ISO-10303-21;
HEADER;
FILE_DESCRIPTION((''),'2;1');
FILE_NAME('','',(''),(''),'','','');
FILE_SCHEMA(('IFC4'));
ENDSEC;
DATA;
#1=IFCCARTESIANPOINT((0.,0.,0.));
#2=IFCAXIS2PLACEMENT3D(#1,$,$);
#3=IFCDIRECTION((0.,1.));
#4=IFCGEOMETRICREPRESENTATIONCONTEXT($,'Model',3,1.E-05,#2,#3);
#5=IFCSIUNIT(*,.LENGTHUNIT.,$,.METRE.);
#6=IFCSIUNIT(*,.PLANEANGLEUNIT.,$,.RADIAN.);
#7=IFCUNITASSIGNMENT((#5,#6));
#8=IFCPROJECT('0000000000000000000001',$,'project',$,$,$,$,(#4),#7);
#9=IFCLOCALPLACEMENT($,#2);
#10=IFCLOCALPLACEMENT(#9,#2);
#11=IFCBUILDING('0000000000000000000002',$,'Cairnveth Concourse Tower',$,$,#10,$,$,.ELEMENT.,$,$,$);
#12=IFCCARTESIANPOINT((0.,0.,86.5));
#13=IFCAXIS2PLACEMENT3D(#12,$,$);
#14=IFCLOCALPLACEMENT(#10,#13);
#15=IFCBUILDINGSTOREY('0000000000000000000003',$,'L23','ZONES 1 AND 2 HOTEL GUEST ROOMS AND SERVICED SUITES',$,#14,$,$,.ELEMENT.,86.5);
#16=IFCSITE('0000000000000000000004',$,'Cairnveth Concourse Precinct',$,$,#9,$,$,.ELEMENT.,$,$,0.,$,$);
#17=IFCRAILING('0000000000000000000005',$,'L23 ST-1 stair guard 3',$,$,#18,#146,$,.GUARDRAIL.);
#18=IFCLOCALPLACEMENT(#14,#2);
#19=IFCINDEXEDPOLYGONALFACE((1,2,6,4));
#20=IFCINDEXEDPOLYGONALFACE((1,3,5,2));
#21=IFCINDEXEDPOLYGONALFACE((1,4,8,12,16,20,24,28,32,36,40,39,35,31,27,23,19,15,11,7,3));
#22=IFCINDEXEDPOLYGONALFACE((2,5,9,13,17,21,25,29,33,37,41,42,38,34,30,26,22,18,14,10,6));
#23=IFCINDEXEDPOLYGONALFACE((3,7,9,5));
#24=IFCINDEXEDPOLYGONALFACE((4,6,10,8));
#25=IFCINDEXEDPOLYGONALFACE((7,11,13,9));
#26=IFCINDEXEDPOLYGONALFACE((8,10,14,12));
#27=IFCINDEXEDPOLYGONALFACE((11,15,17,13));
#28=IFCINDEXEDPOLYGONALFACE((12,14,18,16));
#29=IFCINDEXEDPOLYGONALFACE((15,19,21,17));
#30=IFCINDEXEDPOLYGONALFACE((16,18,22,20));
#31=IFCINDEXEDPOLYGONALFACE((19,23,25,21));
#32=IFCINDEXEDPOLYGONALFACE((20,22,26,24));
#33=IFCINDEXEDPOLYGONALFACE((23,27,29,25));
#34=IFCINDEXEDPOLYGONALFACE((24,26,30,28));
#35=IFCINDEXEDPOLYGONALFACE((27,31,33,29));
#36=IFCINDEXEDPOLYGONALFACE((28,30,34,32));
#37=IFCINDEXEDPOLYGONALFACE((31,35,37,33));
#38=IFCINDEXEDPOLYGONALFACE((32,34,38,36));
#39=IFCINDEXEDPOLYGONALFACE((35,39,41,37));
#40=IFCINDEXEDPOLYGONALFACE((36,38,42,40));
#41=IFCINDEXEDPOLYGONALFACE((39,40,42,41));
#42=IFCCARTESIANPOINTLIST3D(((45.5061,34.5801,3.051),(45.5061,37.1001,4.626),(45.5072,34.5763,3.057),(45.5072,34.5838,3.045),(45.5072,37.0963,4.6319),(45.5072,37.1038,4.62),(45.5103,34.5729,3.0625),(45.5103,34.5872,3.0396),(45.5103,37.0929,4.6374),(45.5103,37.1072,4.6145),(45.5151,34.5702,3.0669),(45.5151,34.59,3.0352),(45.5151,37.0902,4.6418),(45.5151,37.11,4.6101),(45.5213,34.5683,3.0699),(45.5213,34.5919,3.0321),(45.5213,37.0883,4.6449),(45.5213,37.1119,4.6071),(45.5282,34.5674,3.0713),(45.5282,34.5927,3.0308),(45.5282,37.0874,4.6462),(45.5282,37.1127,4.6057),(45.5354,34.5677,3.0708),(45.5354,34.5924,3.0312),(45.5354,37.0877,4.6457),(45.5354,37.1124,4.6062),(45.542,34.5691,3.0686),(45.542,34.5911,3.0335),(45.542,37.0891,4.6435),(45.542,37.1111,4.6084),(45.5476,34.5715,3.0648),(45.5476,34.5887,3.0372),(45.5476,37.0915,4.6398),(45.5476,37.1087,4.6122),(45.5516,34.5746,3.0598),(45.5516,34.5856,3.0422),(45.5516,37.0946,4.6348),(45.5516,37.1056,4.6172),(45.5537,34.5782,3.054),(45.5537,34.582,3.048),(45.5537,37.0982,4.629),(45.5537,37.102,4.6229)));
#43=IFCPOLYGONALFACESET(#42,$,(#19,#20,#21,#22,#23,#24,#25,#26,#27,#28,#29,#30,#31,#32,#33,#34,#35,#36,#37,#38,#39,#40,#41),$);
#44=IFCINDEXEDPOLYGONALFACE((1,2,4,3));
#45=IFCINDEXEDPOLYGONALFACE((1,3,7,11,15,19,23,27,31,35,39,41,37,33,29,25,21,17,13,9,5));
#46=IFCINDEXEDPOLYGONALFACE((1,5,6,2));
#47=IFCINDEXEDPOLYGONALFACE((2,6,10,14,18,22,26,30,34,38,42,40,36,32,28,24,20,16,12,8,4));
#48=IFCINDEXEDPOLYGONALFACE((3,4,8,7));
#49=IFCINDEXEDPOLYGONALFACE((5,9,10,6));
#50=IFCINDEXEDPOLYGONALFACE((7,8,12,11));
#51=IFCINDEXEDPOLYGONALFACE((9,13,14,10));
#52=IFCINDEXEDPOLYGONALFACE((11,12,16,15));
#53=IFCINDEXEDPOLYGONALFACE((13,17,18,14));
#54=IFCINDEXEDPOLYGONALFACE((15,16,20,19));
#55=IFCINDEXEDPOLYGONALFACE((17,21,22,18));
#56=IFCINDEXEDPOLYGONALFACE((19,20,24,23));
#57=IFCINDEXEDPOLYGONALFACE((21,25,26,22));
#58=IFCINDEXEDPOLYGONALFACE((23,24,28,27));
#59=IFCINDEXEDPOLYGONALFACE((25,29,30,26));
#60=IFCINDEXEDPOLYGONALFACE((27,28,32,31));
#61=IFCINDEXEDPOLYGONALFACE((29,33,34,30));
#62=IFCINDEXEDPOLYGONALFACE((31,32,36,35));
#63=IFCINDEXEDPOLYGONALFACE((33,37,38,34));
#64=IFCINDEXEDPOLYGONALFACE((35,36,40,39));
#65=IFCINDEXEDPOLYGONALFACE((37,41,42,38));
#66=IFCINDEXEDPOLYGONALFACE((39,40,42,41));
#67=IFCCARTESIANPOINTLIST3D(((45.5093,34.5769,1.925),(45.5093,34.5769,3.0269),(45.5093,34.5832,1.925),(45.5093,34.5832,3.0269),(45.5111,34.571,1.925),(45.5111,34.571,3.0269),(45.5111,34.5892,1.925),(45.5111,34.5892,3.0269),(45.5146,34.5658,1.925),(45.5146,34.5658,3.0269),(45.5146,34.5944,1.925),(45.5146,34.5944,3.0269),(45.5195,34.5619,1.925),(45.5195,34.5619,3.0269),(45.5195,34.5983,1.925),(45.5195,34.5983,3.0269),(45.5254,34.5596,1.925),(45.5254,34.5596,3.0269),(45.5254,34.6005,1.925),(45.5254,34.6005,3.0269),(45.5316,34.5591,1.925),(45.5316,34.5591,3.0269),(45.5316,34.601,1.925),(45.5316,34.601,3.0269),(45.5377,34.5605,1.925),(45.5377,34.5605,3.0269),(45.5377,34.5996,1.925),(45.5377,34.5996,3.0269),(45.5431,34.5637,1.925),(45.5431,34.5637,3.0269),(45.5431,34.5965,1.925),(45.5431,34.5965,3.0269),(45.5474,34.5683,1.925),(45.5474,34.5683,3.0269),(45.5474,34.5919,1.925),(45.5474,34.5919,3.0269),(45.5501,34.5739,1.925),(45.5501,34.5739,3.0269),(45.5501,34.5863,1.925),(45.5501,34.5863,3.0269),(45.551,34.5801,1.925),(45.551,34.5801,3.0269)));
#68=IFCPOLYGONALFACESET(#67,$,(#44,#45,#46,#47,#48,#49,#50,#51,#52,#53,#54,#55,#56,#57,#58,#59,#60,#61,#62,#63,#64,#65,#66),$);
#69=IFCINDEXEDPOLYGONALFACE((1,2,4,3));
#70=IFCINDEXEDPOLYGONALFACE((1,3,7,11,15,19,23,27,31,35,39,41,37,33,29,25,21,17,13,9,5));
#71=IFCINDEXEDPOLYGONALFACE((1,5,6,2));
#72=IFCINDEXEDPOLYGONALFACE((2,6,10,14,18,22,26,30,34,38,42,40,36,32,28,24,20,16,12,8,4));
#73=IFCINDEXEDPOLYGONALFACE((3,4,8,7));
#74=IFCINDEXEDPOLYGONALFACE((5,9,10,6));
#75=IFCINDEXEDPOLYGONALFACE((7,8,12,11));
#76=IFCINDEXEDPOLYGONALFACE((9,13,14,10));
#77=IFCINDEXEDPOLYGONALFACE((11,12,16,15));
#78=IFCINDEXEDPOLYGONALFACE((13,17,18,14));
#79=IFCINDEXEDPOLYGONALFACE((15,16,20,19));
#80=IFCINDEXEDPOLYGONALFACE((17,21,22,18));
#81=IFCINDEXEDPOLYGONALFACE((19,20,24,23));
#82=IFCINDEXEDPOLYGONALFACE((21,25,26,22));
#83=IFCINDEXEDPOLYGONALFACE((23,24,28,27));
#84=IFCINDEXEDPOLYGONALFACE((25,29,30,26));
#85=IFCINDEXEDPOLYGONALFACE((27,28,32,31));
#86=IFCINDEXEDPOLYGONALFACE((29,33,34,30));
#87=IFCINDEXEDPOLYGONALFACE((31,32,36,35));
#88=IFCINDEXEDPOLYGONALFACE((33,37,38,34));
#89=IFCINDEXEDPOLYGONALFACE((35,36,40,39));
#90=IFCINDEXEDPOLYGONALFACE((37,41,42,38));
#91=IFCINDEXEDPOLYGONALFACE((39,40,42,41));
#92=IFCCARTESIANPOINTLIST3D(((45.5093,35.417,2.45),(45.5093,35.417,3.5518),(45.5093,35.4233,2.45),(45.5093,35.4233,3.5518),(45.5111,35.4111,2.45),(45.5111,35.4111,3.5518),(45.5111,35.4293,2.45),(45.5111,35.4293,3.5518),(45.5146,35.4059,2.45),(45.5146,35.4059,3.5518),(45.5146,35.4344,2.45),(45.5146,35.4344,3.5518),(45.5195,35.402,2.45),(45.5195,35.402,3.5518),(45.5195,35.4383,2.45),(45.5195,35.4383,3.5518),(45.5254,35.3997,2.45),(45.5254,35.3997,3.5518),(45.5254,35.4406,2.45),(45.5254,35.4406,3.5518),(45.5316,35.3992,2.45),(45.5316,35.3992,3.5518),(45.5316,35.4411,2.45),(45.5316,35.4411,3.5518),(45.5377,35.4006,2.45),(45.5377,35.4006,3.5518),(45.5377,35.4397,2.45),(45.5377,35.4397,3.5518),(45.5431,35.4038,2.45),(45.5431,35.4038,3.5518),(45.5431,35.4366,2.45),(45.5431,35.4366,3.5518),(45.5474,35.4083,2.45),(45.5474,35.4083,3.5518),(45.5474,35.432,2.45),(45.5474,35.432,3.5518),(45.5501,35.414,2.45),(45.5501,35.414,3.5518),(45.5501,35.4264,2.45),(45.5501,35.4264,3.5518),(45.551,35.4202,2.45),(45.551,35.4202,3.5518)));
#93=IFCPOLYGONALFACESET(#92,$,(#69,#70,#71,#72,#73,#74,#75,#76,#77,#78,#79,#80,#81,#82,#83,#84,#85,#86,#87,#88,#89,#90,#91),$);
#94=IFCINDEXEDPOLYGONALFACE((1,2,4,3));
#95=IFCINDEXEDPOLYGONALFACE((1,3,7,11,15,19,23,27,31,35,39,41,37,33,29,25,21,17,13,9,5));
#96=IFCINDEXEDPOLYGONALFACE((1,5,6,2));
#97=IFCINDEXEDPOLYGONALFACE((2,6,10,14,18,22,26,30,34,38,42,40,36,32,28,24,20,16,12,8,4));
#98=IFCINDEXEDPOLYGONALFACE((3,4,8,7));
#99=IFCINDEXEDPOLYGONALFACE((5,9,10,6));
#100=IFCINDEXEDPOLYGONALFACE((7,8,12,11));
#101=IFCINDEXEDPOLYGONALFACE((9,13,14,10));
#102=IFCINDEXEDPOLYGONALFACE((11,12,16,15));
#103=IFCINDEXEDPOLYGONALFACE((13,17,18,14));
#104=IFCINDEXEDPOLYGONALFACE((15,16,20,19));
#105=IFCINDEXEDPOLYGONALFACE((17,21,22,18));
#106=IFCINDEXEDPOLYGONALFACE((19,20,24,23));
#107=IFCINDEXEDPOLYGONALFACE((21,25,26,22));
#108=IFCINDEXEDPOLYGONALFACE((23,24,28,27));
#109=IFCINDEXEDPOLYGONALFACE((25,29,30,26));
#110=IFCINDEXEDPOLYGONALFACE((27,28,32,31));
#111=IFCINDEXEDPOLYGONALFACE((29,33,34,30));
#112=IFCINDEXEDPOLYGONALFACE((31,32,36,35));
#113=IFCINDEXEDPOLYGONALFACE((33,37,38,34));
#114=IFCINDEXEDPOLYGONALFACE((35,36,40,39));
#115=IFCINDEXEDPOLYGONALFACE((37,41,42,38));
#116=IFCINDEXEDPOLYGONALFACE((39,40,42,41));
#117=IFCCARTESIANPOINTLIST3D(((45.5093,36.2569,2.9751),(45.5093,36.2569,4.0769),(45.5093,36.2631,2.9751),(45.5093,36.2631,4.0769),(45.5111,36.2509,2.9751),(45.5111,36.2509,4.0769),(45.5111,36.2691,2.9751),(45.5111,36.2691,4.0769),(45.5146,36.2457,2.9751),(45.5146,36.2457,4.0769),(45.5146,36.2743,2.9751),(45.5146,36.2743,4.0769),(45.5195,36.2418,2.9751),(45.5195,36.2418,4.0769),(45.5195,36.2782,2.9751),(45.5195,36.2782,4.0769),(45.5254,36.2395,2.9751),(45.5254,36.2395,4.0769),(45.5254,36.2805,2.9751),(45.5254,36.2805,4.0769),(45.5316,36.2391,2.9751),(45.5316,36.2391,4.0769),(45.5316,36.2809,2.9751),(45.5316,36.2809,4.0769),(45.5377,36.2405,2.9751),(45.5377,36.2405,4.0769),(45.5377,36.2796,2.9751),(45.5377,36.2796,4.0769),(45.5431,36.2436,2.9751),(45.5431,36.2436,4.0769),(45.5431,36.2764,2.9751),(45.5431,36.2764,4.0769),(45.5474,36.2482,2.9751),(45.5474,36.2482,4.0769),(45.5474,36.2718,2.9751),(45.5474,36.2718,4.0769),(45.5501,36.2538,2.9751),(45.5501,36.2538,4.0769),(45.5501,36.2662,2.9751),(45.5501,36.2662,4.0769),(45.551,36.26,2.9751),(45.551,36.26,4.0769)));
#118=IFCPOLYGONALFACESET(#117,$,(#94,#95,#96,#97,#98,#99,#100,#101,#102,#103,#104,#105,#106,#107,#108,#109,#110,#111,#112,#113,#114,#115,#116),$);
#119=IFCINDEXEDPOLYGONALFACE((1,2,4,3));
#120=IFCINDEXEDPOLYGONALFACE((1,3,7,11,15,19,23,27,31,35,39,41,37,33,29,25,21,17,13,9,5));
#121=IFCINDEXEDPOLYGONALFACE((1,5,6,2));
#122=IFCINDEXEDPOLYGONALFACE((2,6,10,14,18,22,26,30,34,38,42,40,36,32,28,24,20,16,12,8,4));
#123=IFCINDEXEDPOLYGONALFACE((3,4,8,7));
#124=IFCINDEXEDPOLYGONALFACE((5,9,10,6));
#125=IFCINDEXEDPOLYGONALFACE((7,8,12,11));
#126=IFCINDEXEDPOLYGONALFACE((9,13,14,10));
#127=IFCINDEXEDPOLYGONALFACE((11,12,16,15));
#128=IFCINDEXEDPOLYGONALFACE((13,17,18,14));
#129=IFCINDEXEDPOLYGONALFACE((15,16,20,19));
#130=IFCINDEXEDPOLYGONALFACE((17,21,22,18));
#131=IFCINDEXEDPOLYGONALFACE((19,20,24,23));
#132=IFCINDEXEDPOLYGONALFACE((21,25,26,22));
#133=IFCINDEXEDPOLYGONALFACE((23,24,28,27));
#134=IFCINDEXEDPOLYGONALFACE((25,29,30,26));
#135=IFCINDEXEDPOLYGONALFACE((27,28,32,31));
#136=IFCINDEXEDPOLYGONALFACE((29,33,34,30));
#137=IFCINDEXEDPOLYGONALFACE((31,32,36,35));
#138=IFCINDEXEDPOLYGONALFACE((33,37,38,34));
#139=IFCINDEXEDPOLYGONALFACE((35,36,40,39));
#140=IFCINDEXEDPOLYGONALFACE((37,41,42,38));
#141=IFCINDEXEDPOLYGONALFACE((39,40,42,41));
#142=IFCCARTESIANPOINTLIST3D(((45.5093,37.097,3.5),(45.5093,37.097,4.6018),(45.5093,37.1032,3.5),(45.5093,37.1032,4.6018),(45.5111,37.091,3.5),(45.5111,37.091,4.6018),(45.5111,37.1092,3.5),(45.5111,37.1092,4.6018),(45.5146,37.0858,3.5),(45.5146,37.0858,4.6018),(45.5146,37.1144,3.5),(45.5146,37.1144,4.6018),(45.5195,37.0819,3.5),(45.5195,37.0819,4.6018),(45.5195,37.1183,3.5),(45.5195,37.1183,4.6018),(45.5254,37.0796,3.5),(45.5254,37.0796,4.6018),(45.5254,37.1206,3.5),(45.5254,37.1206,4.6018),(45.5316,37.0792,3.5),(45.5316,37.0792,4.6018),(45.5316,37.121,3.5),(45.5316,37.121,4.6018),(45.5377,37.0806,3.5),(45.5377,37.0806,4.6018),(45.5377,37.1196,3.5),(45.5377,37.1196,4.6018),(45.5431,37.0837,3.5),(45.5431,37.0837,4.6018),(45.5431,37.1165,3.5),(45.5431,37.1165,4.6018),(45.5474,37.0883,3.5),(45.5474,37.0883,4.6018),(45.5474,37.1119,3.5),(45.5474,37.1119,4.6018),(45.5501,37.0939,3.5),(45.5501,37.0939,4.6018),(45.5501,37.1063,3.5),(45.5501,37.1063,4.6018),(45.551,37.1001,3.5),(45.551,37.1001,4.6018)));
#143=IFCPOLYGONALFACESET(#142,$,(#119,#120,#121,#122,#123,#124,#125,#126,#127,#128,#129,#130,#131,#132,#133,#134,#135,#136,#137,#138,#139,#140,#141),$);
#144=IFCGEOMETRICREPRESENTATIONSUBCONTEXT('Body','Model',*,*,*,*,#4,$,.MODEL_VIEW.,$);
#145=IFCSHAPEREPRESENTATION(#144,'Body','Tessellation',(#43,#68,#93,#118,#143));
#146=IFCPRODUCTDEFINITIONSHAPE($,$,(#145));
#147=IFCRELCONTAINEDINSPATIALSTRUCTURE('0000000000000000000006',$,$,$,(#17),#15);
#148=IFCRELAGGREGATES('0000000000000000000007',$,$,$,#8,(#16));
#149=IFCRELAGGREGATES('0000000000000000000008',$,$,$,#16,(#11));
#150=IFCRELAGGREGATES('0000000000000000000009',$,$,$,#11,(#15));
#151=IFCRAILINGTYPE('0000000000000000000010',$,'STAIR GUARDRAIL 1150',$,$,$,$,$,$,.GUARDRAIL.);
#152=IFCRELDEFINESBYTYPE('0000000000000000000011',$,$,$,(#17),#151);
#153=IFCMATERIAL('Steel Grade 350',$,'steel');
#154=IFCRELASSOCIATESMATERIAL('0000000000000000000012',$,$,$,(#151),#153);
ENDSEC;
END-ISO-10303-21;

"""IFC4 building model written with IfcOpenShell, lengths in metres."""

from ifc_helpers import new_model, si_unit, direction, frame, origin, origin_2d, place, context, subcontext, project, spatial, circle, extrude, material, type_object, element, save


model = new_model("IFC4")

# Units and contexts
model_context = context("Model", 3, precision=1e-05, world=origin(), true_north=direction((0.0, 1.0)))
body_context = subcontext(model_context, "Body", "Model", "MODEL_VIEW")
ifc_project = project(units=[si_unit("LENGTHUNIT", "METRE"), si_unit("PLANEANGLEUNIT", "RADIAN")], contexts=[model_context])

# Site, building, storey
site_placement = place(None, origin())
site = spatial("IfcSite", under=ifc_project, at=site_placement, Name="Cairnveth Concourse Precinct", CompositionType="ELEMENT", RefElevation=0.0)
building_placement = place(site_placement, origin())
building = spatial("IfcBuilding", under=site, at=building_placement, Name="Cairnveth Concourse Tower", CompositionType="ELEMENT")
storey_placement = place(building_placement, frame((0.0, 0.0, 86.5)))
storey = spatial("IfcBuildingStorey", under=building, at=storey_placement, Name="L23", Description="ZONES 1 AND 2 HOTEL GUEST ROOMS AND SERVICED SUITES", CompositionType="ELEMENT", Elevation=86.5)

# Railing
ifc_material_1 = material(Name="Steel Grade 350", Category="steel")
railing_type_1 = type_object("IfcRailingType", Name="STAIR GUARDRAIL 1150", PredefinedType="GUARDRAIL", material=ifc_material_1)
railing_1_placement = place(storey_placement, frame((45.53, 34.5801, 1.925)))
element("IfcRailing", 1, at=railing_1_placement, inside=storey, type_object=railing_type_1, Name="L23 ST-1 stair guard 3", PredefinedType="GUARDRAIL", context=body_context, shape_type="SweptSolid", body=[
    extrude(circle(Radius=0.0239, at=origin_2d()), frame((0.0, 0.0, 1.126), z_axis=(0.0, 0.848008, 0.529984), x_axis=(-1.0, 0.0, 0.0)), (0.0, 0.0, 1.0), 2.9717),
    extrude(circle(Radius=0.021, at=origin_2d()), origin(), (0.0, 0.0, 1.0), 1.1018),
    extrude(circle(Radius=0.021, at=origin_2d()), frame((0.0, 0.8401, 0.5249)), (0.0, 0.0, 1.0), 1.1018),
    extrude(circle(Radius=0.021, at=origin_2d()), frame((0.0, 1.6799, 1.05)), (0.0, 0.0, 1.0), 1.1018),
    extrude(circle(Radius=0.021, at=origin_2d()), frame((0.0, 2.52, 1.575)), (0.0, 0.0, 1.0), 1.1018),
])

save(model, "model.ifc")
